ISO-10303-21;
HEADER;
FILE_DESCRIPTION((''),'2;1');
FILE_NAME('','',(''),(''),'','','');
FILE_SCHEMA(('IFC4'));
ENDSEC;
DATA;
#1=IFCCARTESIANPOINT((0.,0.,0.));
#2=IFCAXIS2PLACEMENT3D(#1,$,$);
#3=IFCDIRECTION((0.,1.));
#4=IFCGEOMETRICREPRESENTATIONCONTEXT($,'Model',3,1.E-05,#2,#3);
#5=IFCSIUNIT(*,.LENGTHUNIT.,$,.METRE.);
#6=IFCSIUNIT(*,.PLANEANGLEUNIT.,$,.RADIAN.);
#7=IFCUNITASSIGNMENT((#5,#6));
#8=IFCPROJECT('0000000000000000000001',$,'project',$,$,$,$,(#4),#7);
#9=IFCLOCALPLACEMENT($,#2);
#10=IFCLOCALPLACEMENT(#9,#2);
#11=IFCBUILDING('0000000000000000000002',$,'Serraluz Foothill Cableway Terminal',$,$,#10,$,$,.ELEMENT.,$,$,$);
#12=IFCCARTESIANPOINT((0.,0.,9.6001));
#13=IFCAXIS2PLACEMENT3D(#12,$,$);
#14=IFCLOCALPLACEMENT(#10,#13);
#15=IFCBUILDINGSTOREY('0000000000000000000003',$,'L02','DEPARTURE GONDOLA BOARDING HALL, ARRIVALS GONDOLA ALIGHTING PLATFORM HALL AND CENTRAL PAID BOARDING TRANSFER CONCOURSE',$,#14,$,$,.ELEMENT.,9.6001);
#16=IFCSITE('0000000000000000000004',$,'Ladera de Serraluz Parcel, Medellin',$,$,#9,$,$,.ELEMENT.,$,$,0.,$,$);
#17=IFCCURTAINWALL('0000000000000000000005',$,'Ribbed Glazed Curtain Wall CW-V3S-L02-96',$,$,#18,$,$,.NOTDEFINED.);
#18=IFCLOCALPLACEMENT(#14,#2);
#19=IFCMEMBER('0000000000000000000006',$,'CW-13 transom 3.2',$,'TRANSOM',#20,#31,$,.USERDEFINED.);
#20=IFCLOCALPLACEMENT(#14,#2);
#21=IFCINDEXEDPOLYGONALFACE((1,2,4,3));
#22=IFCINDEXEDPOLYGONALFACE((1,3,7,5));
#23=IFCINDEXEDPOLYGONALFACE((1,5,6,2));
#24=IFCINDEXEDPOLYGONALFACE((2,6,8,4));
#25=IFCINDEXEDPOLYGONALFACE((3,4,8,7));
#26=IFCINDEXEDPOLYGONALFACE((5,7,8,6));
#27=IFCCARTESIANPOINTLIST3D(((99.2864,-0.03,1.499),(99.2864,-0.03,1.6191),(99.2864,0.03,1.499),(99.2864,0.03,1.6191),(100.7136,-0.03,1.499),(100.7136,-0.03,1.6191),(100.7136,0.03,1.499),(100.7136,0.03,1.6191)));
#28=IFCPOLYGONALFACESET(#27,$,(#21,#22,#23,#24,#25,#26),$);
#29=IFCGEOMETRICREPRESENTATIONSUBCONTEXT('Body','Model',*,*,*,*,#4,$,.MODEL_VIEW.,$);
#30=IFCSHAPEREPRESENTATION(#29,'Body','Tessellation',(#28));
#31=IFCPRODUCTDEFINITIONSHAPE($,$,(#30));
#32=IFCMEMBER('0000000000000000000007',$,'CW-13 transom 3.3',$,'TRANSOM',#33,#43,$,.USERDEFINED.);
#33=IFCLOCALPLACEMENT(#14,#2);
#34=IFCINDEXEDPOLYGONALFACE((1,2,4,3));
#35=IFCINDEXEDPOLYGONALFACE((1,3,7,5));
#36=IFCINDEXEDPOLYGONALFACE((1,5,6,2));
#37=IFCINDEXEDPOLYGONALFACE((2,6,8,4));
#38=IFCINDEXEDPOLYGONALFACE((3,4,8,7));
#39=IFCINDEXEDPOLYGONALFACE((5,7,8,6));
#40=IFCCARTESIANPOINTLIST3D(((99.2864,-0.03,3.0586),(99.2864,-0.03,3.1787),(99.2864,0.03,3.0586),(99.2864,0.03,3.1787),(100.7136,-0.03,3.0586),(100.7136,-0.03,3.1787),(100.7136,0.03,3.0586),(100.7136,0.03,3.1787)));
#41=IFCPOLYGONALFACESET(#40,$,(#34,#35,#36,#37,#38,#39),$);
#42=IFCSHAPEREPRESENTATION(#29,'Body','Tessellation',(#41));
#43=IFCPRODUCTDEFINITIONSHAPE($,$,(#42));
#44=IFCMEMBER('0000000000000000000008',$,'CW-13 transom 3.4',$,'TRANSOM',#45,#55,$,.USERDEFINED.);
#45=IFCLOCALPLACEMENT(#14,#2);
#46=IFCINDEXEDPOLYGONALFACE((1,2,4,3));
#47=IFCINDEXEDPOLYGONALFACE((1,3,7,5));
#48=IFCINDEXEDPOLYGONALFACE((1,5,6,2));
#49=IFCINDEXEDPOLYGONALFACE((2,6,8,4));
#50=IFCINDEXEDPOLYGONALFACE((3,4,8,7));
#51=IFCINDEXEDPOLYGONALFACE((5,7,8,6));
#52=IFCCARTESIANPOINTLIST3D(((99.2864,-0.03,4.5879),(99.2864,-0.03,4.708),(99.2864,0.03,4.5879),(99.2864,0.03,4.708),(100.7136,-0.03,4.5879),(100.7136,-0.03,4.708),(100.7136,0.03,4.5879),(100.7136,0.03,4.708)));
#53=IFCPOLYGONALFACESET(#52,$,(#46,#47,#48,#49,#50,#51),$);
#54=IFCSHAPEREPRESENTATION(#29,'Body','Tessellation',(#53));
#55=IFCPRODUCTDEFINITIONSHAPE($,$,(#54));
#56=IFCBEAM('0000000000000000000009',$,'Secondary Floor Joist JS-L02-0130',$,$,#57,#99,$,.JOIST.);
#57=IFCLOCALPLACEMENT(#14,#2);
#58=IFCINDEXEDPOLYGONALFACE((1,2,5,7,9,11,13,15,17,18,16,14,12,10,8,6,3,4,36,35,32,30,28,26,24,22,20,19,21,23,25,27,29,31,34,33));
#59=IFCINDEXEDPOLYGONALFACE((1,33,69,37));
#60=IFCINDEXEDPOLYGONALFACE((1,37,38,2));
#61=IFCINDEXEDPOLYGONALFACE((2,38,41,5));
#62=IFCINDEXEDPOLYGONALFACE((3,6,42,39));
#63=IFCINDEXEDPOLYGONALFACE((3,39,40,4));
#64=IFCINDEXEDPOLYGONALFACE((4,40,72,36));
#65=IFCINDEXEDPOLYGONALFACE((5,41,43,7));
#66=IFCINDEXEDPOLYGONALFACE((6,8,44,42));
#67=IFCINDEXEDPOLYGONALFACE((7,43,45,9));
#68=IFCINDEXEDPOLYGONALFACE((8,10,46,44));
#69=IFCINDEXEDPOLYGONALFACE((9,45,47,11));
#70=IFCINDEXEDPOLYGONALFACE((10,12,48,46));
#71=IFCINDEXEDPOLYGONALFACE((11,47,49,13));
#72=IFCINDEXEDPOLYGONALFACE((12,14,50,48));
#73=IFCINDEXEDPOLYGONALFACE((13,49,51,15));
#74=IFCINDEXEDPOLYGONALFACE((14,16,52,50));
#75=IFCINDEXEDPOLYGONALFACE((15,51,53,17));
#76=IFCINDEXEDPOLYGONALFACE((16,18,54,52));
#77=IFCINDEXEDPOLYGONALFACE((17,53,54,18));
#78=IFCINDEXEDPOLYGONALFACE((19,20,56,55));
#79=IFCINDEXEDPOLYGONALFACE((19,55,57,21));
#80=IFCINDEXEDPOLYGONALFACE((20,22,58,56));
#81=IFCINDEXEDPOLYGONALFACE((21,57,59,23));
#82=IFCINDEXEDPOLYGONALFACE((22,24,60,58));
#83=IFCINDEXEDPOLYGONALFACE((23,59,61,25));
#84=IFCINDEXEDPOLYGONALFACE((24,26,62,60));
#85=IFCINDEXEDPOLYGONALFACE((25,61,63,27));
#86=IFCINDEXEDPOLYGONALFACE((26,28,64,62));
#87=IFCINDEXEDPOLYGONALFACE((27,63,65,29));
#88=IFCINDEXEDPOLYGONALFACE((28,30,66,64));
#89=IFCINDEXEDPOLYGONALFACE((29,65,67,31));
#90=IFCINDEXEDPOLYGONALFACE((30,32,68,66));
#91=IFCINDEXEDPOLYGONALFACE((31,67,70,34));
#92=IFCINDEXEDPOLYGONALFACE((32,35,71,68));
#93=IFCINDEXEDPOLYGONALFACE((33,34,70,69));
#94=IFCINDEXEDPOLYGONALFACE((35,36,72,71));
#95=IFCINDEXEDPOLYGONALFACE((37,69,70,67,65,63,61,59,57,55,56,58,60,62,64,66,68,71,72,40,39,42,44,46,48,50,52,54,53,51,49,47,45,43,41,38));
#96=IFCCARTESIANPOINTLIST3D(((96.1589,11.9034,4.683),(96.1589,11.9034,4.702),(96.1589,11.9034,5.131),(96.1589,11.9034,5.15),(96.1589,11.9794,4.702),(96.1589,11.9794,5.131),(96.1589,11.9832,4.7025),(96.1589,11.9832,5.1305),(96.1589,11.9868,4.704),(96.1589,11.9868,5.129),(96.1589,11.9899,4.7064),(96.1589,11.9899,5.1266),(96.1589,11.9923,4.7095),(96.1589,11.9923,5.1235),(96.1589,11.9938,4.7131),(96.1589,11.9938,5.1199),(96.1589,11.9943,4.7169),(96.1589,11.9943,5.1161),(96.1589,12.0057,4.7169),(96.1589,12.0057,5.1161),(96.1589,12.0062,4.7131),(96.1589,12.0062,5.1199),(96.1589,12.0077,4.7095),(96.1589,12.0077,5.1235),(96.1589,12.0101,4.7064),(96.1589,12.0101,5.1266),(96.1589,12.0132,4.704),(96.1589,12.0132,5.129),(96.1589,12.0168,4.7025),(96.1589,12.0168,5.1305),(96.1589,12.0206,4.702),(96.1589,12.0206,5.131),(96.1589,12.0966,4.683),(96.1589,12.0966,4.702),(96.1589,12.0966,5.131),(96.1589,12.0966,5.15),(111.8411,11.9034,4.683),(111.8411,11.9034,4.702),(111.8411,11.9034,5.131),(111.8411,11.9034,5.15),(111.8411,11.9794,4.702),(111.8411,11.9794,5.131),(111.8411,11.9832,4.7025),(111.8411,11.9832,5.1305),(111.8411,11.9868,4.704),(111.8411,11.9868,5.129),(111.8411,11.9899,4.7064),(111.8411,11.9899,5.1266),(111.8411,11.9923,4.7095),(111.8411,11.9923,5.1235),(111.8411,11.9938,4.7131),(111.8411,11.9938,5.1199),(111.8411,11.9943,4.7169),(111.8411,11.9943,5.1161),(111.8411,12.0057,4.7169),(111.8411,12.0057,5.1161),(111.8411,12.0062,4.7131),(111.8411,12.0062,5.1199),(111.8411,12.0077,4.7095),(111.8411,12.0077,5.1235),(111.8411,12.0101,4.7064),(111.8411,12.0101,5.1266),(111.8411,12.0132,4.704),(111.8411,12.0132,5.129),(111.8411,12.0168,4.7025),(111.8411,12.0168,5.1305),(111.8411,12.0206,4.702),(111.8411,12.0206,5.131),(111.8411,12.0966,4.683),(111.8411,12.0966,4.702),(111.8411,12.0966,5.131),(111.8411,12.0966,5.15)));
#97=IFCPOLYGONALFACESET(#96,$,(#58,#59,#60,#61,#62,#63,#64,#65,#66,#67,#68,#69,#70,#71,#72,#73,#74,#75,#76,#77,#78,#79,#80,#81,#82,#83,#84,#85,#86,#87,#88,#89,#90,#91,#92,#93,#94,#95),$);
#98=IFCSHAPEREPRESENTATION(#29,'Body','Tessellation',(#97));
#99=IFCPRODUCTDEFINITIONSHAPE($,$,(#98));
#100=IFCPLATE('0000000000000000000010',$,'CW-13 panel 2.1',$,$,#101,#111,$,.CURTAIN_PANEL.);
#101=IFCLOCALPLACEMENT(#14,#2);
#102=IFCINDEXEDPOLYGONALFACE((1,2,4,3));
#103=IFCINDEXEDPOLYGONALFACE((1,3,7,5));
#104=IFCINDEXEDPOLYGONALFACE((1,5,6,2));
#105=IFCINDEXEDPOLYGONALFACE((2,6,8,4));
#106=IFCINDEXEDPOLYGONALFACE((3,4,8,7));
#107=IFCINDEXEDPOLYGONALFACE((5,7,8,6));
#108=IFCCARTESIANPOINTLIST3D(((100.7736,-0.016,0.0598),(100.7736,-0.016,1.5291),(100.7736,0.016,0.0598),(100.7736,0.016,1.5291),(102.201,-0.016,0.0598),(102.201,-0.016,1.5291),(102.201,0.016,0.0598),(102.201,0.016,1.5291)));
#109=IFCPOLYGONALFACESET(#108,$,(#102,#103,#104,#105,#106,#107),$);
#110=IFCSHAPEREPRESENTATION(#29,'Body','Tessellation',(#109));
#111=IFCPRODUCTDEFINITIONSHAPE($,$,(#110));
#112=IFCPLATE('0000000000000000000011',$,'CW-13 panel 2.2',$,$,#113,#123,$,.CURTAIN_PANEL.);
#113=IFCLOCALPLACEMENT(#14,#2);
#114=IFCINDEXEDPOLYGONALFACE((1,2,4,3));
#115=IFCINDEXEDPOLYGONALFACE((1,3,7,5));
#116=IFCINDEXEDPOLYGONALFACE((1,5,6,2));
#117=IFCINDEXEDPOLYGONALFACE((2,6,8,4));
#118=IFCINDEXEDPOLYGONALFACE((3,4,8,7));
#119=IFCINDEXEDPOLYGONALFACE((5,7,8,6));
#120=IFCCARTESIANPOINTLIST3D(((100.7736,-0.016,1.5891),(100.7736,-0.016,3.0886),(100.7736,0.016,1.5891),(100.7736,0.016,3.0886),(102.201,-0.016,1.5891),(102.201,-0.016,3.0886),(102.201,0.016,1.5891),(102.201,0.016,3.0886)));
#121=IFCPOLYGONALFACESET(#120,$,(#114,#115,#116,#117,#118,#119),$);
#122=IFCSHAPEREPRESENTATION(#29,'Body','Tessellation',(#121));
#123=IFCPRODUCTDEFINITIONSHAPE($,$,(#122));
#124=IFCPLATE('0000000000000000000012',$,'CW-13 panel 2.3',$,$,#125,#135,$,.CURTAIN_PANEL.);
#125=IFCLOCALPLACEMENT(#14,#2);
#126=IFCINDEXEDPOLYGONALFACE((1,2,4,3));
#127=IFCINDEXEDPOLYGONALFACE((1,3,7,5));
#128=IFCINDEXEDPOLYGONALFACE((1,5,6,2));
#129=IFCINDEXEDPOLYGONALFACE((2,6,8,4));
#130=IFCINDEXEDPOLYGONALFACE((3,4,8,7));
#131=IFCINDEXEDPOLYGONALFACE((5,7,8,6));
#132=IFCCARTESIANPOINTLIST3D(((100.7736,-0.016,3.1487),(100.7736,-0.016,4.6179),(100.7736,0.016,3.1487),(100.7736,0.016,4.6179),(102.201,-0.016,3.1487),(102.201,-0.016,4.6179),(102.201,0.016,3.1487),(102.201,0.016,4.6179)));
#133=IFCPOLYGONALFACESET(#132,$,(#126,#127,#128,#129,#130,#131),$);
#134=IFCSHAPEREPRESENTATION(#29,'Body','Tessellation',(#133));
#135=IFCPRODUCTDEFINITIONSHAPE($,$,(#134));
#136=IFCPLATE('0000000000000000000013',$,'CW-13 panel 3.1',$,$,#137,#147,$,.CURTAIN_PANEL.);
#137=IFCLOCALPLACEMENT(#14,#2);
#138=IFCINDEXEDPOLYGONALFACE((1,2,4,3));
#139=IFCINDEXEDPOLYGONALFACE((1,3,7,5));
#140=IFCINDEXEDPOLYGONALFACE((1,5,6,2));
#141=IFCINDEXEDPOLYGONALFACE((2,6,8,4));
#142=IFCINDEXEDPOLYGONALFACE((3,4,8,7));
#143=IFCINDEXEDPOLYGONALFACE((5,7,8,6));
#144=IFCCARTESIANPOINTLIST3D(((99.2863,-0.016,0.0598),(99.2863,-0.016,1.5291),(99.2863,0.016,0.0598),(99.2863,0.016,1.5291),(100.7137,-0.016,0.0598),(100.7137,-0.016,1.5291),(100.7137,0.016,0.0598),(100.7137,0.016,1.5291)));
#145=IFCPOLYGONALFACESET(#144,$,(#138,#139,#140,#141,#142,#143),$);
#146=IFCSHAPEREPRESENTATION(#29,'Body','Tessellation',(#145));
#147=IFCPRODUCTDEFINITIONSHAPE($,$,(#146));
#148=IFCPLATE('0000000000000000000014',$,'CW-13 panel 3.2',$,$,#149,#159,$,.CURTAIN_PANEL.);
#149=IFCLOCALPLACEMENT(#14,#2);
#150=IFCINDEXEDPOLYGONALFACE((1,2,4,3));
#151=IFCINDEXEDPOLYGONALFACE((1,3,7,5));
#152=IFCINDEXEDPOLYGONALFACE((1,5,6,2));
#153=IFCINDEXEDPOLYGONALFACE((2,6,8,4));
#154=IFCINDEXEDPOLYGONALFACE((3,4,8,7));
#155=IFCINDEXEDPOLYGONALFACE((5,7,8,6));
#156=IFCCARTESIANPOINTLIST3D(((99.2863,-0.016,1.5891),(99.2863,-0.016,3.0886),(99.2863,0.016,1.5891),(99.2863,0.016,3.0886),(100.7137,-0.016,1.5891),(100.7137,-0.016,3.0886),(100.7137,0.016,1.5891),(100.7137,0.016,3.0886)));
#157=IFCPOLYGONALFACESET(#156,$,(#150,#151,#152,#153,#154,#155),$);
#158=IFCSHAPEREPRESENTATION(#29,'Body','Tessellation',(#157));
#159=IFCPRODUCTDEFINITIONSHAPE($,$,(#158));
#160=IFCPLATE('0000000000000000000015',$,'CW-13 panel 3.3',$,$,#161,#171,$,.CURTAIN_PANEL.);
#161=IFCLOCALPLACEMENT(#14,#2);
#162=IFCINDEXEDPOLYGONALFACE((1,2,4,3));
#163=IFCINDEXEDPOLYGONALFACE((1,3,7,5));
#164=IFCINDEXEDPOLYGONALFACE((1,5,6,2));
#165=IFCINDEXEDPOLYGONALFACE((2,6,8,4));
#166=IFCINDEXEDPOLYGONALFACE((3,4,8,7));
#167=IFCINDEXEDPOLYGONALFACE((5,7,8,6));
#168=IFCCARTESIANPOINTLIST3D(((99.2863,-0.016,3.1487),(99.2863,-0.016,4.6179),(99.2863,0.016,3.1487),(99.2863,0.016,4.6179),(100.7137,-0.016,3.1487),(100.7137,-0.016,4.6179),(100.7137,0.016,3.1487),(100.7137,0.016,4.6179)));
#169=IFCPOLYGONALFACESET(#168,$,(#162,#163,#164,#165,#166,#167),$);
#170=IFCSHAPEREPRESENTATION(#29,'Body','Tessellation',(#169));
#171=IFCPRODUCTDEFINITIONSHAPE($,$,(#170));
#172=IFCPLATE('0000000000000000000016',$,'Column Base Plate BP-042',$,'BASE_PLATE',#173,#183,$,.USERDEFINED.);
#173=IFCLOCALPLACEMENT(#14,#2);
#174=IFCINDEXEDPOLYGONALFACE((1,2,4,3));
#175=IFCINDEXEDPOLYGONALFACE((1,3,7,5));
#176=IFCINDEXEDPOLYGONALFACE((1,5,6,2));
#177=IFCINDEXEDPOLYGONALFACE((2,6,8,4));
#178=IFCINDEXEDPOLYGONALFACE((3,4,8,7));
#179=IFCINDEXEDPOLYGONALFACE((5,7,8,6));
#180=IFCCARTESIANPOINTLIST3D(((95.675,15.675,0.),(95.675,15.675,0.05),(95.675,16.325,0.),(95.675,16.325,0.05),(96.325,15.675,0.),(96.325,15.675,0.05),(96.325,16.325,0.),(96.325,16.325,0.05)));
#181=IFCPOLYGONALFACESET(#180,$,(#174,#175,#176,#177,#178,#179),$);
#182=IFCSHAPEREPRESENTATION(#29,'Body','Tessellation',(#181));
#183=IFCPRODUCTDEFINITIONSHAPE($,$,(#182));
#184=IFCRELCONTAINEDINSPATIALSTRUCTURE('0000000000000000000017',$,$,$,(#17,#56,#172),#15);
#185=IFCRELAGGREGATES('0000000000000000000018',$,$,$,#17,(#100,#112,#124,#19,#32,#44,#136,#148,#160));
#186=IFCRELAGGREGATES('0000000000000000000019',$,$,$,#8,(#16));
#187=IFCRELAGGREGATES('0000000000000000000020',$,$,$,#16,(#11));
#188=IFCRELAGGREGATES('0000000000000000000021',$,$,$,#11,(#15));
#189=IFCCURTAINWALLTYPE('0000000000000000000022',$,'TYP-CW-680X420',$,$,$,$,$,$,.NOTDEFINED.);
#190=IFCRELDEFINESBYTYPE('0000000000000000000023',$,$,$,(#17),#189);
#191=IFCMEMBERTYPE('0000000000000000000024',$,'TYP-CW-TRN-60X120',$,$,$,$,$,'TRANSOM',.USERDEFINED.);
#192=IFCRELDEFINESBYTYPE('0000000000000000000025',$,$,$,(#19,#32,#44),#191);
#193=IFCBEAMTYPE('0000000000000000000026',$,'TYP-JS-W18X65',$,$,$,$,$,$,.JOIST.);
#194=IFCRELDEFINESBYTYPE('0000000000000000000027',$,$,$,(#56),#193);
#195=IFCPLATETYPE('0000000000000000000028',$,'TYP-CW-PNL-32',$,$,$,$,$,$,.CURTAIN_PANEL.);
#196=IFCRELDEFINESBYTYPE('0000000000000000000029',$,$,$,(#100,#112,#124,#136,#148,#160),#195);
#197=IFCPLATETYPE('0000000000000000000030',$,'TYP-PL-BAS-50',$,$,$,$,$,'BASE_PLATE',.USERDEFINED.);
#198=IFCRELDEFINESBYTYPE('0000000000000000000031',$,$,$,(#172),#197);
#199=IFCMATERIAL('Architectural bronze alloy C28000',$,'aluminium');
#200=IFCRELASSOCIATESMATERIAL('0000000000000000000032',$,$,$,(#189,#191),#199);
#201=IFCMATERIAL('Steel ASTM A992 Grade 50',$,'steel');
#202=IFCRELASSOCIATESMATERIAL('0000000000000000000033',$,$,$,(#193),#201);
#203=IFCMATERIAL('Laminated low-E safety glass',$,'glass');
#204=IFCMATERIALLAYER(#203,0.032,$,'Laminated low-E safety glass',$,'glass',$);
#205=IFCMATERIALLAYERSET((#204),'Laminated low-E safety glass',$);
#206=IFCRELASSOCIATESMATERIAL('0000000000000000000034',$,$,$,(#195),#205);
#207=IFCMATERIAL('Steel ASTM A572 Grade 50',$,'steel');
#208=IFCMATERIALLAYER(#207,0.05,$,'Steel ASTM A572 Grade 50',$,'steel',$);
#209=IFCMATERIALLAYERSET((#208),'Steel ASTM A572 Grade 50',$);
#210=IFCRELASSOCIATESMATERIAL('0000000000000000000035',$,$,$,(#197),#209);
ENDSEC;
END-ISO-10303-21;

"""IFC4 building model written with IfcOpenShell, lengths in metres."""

from ifc_helpers import new_model, si_unit, direction, frame, origin, origin_2d, place, context, subcontext, project, spatial, rectangle, i_section, extrude, material, layer, layer_set, material_profile, profile_set, type_object, element, aggregate, save


model = new_model("IFC4")

# Units and contexts
model_context = context("Model", 3, precision=1e-05, world=origin(), true_north=direction((0.0, 1.0)))
body_context = subcontext(model_context, "Body", "Model", "MODEL_VIEW")
ifc_project = project(units=[si_unit("LENGTHUNIT", "METRE"), si_unit("PLANEANGLEUNIT", "RADIAN")], contexts=[model_context])

# Site, building, storey
site_placement = place(None, origin())
site = spatial("IfcSite", under=ifc_project, at=site_placement, Name="Ladera de Serraluz Parcel, Medellin", CompositionType="ELEMENT", RefElevation=0.0)
building_placement = place(site_placement, origin())
building = spatial("IfcBuilding", under=site, at=building_placement, Name="Serraluz Foothill Cableway Terminal", CompositionType="ELEMENT")
storey_placement = place(building_placement, frame((0.0, 0.0, 9.6001)))
storey = spatial("IfcBuildingStorey", under=building, at=storey_placement, Name="L02", Description="DEPARTURE GONDOLA BOARDING HALL, ARRIVALS GONDOLA ALIGHTING PLATFORM HALL AND CENTRAL PAID BOARDING TRANSFER CONCOURSE", CompositionType="ELEMENT", Elevation=9.6001)

# Shared definitions
ifc_material_1 = material(Name="Steel ASTM A992 Grade 50", Category="steel")

# Curtain wall, members
ifc_material_2 = material(Name="Architectural bronze alloy C28000", Category="aluminium")
curtain_wall_type = type_object("IfcCurtainWallType", Name="TYP-CW-680X420", PredefinedType="NOTDEFINED", material=ifc_material_2)
curtain_wall_placement = place(storey_placement, origin())
curtain_wall = element("IfcCurtainWall", 1, at=curtain_wall_placement, inside=storey, type_object=curtain_wall_type, Name="Ribbed Glazed Curtain Wall CW-V3S-L02-96", PredefinedType="NOTDEFINED")
ifc_material_profile_1 = material_profile(ifc_material_2, rectangle(XDim=0.0601, YDim=0.1201, at=origin_2d()), Name="ALU TRANSOM 60x120")
ifc_profile_set_1 = profile_set([ifc_material_profile_1], Name="Architectural bronze alloy C28000")
member_type_1 = type_object("IfcMemberType", Name="TYP-CW-TRN-60X120", ElementType="TRANSOM", PredefinedType="USERDEFINED", material=ifc_profile_set_1)
member_1_placement = place(storey_placement, frame((100.7136, 0.0, 1.5591), z_axis=(-1.0, 0.0, 0.0), x_axis=(0.0, -1.0, 0.0)))
member_1 = element("IfcMember", 2, at=member_1_placement, type_object=member_type_1, Name="CW-13 transom 3.2", ObjectType="TRANSOM", PredefinedType="USERDEFINED", context=body_context, shape_type="SweptSolid", body=[
    extrude(rectangle(XDim=0.0601, YDim=0.1201, at=origin_2d()), origin(), (0.0, 0.0, 1.0), 1.4272),
])
member_2_placement = place(storey_placement, frame((100.7136, 0.0, 3.1187), z_axis=(-1.0, 0.0, 0.0), x_axis=(0.0, -1.0, 0.0)))
member_2 = element("IfcMember", 3, at=member_2_placement, type_object=member_type_1, Name="CW-13 transom 3.3", ObjectType="TRANSOM", PredefinedType="USERDEFINED", context=body_context, shape_type="SweptSolid", body=[
    extrude(rectangle(XDim=0.0601, YDim=0.1201, at=origin_2d()), origin(), (0.0, 0.0, 1.0), 1.4272),
])
member_3_placement = place(storey_placement, frame((100.7136, 0.0, 4.6479), z_axis=(-1.0, 0.0, 0.0), x_axis=(0.0, -1.0, 0.0)))
member_3 = element("IfcMember", 4, at=member_3_placement, type_object=member_type_1, Name="CW-13 transom 3.4", ObjectType="TRANSOM", PredefinedType="USERDEFINED", context=body_context, shape_type="SweptSolid", body=[
    extrude(rectangle(XDim=0.0601, YDim=0.1201, at=origin_2d()), origin(), (0.0, 0.0, 1.0), 1.4272),
])

# Beam
ifc_material_profile_2 = material_profile(ifc_material_1, i_section(OverallWidth=0.1931, OverallDepth=0.467, WebThickness=0.0115, FlangeThickness=0.019, FilletRadius=0.0149, at=origin_2d()), Name="W18X65")
ifc_profile_set_2 = profile_set([ifc_material_profile_2], Name="Steel ASTM A992 Grade 50")
beam_type_1 = type_object("IfcBeamType", Name="TYP-JS-W18X65", PredefinedType="JOIST", material=ifc_profile_set_2)
beam_1_placement = place(storey_placement, frame((96.1589, 12.0, 4.9165), z_axis=(1.0, 0.0, 0.0), x_axis=(0.0, 1.0, 0.0)))
element("IfcBeam", 5, at=beam_1_placement, inside=storey, type_object=beam_type_1, Name="Secondary Floor Joist JS-L02-0130", PredefinedType="JOIST", context=body_context, shape_type="SweptSolid", body=[
    extrude(i_section(OverallWidth=0.1931, OverallDepth=0.467, WebThickness=0.0115, FlangeThickness=0.019, FilletRadius=0.0149, at=origin_2d()), origin(), (0.0, 0.0, 1.0), 15.6821),
])

# Plates
ifc_material_3 = material(Name="Laminated low-E safety glass", Category="glass")
ifc_layer_1 = layer(ifc_material_3, 0.032, Name="Laminated low-E safety glass", Category="glass")
ifc_layer_set_1 = layer_set([ifc_layer_1], Name="Laminated low-E safety glass")
plate_type_1 = type_object("IfcPlateType", Name="TYP-CW-PNL-32", PredefinedType="CURTAIN_PANEL", material=ifc_layer_set_1)
plate_1_placement = place(storey_placement, frame((101.4873, 0.0, 0.0598), z_axis=(0.0, 0.0, 1.0), x_axis=(-1.0, 0.0, 0.0)))
plate_1 = element("IfcPlate", 6, at=plate_1_placement, type_object=plate_type_1, Name="CW-13 panel 2.1", PredefinedType="CURTAIN_PANEL", context=body_context, shape_type="SweptSolid", body=[
    extrude(rectangle(XDim=1.4275, YDim=0.032, at=origin_2d()), origin(), (0.0, 0.0, 1.0), 1.4692),
])
plate_2_placement = place(storey_placement, frame((101.4873, 0.0, 1.5891), z_axis=(0.0, 0.0, 1.0), x_axis=(-1.0, 0.0, 0.0)))
plate_2 = element("IfcPlate", 7, at=plate_2_placement, type_object=plate_type_1, Name="CW-13 panel 2.2", PredefinedType="CURTAIN_PANEL", context=body_context, shape_type="SweptSolid", body=[
    extrude(rectangle(XDim=1.4275, YDim=0.032, at=origin_2d()), origin(), (0.0, 0.0, 1.0), 1.4995),
])
plate_3_placement = place(storey_placement, frame((101.4873, 0.0, 3.1487), z_axis=(0.0, 0.0, 1.0), x_axis=(-1.0, 0.0, 0.0)))
plate_3 = element("IfcPlate", 8, at=plate_3_placement, type_object=plate_type_1, Name="CW-13 panel 2.3", PredefinedType="CURTAIN_PANEL", context=body_context, shape_type="SweptSolid", body=[
    extrude(rectangle(XDim=1.4275, YDim=0.032, at=origin_2d()), origin(), (0.0, 0.0, 1.0), 1.4692),
])
plate_4_placement = place(storey_placement, frame((100.0, 0.0, 0.0598), z_axis=(0.0, 0.0, 1.0), x_axis=(-1.0, 0.0, 0.0)))
plate_4 = element("IfcPlate", 9, at=plate_4_placement, type_object=plate_type_1, Name="CW-13 panel 3.1", PredefinedType="CURTAIN_PANEL", context=body_context, shape_type="SweptSolid", body=[
    extrude(rectangle(XDim=1.4275, YDim=0.032, at=origin_2d()), origin(), (0.0, 0.0, 1.0), 1.4692),
])
plate_5_placement = place(storey_placement, frame((100.0, 0.0, 1.5891), z_axis=(0.0, 0.0, 1.0), x_axis=(-1.0, 0.0, 0.0)))
plate_5 = element("IfcPlate", 10, at=plate_5_placement, type_object=plate_type_1, Name="CW-13 panel 3.2", PredefinedType="CURTAIN_PANEL", context=body_context, shape_type="SweptSolid", body=[
    extrude(rectangle(XDim=1.4275, YDim=0.032, at=origin_2d()), origin(), (0.0, 0.0, 1.0), 1.4995),
])
plate_6_placement = place(storey_placement, frame((100.0, 0.0, 3.1487), z_axis=(0.0, 0.0, 1.0), x_axis=(-1.0, 0.0, 0.0)))
plate_6 = element("IfcPlate", 11, at=plate_6_placement, type_object=plate_type_1, Name="CW-13 panel 3.3", PredefinedType="CURTAIN_PANEL", context=body_context, shape_type="SweptSolid", body=[
    extrude(rectangle(XDim=1.4275, YDim=0.032, at=origin_2d()), origin(), (0.0, 0.0, 1.0), 1.4692),
])
aggregate(curtain_wall, [plate_1, plate_2, plate_3, member_1, member_2, member_3, plate_4, plate_5, plate_6])
ifc_material_4 = material(Name="Steel ASTM A572 Grade 50", Category="steel")
ifc_layer_2 = layer(ifc_material_4, 0.05, Name="Steel ASTM A572 Grade 50", Category="steel")
ifc_layer_set_2 = layer_set([ifc_layer_2], Name="Steel ASTM A572 Grade 50")
plate_type_2 = type_object("IfcPlateType", Name="TYP-PL-BAS-50", ElementType="BASE_PLATE", PredefinedType="USERDEFINED", material=ifc_layer_set_2)
plate_7_placement = place(storey_placement, frame((96.0, 16.0, 0.0), z_axis=(0.0, 0.0, 1.0), x_axis=(1.0, 0.0, 0.0)))
element("IfcPlate", 12, at=plate_7_placement, inside=storey, type_object=plate_type_2, Name="Column Base Plate BP-042", ObjectType="BASE_PLATE", PredefinedType="USERDEFINED", context=body_context, shape_type="SweptSolid", body=[
    extrude(rectangle(XDim=0.6499, YDim=0.6499, at=origin_2d()), origin(), (0.0, 0.0, 1.0), 0.05),
])

save(model, "model.ifc")
